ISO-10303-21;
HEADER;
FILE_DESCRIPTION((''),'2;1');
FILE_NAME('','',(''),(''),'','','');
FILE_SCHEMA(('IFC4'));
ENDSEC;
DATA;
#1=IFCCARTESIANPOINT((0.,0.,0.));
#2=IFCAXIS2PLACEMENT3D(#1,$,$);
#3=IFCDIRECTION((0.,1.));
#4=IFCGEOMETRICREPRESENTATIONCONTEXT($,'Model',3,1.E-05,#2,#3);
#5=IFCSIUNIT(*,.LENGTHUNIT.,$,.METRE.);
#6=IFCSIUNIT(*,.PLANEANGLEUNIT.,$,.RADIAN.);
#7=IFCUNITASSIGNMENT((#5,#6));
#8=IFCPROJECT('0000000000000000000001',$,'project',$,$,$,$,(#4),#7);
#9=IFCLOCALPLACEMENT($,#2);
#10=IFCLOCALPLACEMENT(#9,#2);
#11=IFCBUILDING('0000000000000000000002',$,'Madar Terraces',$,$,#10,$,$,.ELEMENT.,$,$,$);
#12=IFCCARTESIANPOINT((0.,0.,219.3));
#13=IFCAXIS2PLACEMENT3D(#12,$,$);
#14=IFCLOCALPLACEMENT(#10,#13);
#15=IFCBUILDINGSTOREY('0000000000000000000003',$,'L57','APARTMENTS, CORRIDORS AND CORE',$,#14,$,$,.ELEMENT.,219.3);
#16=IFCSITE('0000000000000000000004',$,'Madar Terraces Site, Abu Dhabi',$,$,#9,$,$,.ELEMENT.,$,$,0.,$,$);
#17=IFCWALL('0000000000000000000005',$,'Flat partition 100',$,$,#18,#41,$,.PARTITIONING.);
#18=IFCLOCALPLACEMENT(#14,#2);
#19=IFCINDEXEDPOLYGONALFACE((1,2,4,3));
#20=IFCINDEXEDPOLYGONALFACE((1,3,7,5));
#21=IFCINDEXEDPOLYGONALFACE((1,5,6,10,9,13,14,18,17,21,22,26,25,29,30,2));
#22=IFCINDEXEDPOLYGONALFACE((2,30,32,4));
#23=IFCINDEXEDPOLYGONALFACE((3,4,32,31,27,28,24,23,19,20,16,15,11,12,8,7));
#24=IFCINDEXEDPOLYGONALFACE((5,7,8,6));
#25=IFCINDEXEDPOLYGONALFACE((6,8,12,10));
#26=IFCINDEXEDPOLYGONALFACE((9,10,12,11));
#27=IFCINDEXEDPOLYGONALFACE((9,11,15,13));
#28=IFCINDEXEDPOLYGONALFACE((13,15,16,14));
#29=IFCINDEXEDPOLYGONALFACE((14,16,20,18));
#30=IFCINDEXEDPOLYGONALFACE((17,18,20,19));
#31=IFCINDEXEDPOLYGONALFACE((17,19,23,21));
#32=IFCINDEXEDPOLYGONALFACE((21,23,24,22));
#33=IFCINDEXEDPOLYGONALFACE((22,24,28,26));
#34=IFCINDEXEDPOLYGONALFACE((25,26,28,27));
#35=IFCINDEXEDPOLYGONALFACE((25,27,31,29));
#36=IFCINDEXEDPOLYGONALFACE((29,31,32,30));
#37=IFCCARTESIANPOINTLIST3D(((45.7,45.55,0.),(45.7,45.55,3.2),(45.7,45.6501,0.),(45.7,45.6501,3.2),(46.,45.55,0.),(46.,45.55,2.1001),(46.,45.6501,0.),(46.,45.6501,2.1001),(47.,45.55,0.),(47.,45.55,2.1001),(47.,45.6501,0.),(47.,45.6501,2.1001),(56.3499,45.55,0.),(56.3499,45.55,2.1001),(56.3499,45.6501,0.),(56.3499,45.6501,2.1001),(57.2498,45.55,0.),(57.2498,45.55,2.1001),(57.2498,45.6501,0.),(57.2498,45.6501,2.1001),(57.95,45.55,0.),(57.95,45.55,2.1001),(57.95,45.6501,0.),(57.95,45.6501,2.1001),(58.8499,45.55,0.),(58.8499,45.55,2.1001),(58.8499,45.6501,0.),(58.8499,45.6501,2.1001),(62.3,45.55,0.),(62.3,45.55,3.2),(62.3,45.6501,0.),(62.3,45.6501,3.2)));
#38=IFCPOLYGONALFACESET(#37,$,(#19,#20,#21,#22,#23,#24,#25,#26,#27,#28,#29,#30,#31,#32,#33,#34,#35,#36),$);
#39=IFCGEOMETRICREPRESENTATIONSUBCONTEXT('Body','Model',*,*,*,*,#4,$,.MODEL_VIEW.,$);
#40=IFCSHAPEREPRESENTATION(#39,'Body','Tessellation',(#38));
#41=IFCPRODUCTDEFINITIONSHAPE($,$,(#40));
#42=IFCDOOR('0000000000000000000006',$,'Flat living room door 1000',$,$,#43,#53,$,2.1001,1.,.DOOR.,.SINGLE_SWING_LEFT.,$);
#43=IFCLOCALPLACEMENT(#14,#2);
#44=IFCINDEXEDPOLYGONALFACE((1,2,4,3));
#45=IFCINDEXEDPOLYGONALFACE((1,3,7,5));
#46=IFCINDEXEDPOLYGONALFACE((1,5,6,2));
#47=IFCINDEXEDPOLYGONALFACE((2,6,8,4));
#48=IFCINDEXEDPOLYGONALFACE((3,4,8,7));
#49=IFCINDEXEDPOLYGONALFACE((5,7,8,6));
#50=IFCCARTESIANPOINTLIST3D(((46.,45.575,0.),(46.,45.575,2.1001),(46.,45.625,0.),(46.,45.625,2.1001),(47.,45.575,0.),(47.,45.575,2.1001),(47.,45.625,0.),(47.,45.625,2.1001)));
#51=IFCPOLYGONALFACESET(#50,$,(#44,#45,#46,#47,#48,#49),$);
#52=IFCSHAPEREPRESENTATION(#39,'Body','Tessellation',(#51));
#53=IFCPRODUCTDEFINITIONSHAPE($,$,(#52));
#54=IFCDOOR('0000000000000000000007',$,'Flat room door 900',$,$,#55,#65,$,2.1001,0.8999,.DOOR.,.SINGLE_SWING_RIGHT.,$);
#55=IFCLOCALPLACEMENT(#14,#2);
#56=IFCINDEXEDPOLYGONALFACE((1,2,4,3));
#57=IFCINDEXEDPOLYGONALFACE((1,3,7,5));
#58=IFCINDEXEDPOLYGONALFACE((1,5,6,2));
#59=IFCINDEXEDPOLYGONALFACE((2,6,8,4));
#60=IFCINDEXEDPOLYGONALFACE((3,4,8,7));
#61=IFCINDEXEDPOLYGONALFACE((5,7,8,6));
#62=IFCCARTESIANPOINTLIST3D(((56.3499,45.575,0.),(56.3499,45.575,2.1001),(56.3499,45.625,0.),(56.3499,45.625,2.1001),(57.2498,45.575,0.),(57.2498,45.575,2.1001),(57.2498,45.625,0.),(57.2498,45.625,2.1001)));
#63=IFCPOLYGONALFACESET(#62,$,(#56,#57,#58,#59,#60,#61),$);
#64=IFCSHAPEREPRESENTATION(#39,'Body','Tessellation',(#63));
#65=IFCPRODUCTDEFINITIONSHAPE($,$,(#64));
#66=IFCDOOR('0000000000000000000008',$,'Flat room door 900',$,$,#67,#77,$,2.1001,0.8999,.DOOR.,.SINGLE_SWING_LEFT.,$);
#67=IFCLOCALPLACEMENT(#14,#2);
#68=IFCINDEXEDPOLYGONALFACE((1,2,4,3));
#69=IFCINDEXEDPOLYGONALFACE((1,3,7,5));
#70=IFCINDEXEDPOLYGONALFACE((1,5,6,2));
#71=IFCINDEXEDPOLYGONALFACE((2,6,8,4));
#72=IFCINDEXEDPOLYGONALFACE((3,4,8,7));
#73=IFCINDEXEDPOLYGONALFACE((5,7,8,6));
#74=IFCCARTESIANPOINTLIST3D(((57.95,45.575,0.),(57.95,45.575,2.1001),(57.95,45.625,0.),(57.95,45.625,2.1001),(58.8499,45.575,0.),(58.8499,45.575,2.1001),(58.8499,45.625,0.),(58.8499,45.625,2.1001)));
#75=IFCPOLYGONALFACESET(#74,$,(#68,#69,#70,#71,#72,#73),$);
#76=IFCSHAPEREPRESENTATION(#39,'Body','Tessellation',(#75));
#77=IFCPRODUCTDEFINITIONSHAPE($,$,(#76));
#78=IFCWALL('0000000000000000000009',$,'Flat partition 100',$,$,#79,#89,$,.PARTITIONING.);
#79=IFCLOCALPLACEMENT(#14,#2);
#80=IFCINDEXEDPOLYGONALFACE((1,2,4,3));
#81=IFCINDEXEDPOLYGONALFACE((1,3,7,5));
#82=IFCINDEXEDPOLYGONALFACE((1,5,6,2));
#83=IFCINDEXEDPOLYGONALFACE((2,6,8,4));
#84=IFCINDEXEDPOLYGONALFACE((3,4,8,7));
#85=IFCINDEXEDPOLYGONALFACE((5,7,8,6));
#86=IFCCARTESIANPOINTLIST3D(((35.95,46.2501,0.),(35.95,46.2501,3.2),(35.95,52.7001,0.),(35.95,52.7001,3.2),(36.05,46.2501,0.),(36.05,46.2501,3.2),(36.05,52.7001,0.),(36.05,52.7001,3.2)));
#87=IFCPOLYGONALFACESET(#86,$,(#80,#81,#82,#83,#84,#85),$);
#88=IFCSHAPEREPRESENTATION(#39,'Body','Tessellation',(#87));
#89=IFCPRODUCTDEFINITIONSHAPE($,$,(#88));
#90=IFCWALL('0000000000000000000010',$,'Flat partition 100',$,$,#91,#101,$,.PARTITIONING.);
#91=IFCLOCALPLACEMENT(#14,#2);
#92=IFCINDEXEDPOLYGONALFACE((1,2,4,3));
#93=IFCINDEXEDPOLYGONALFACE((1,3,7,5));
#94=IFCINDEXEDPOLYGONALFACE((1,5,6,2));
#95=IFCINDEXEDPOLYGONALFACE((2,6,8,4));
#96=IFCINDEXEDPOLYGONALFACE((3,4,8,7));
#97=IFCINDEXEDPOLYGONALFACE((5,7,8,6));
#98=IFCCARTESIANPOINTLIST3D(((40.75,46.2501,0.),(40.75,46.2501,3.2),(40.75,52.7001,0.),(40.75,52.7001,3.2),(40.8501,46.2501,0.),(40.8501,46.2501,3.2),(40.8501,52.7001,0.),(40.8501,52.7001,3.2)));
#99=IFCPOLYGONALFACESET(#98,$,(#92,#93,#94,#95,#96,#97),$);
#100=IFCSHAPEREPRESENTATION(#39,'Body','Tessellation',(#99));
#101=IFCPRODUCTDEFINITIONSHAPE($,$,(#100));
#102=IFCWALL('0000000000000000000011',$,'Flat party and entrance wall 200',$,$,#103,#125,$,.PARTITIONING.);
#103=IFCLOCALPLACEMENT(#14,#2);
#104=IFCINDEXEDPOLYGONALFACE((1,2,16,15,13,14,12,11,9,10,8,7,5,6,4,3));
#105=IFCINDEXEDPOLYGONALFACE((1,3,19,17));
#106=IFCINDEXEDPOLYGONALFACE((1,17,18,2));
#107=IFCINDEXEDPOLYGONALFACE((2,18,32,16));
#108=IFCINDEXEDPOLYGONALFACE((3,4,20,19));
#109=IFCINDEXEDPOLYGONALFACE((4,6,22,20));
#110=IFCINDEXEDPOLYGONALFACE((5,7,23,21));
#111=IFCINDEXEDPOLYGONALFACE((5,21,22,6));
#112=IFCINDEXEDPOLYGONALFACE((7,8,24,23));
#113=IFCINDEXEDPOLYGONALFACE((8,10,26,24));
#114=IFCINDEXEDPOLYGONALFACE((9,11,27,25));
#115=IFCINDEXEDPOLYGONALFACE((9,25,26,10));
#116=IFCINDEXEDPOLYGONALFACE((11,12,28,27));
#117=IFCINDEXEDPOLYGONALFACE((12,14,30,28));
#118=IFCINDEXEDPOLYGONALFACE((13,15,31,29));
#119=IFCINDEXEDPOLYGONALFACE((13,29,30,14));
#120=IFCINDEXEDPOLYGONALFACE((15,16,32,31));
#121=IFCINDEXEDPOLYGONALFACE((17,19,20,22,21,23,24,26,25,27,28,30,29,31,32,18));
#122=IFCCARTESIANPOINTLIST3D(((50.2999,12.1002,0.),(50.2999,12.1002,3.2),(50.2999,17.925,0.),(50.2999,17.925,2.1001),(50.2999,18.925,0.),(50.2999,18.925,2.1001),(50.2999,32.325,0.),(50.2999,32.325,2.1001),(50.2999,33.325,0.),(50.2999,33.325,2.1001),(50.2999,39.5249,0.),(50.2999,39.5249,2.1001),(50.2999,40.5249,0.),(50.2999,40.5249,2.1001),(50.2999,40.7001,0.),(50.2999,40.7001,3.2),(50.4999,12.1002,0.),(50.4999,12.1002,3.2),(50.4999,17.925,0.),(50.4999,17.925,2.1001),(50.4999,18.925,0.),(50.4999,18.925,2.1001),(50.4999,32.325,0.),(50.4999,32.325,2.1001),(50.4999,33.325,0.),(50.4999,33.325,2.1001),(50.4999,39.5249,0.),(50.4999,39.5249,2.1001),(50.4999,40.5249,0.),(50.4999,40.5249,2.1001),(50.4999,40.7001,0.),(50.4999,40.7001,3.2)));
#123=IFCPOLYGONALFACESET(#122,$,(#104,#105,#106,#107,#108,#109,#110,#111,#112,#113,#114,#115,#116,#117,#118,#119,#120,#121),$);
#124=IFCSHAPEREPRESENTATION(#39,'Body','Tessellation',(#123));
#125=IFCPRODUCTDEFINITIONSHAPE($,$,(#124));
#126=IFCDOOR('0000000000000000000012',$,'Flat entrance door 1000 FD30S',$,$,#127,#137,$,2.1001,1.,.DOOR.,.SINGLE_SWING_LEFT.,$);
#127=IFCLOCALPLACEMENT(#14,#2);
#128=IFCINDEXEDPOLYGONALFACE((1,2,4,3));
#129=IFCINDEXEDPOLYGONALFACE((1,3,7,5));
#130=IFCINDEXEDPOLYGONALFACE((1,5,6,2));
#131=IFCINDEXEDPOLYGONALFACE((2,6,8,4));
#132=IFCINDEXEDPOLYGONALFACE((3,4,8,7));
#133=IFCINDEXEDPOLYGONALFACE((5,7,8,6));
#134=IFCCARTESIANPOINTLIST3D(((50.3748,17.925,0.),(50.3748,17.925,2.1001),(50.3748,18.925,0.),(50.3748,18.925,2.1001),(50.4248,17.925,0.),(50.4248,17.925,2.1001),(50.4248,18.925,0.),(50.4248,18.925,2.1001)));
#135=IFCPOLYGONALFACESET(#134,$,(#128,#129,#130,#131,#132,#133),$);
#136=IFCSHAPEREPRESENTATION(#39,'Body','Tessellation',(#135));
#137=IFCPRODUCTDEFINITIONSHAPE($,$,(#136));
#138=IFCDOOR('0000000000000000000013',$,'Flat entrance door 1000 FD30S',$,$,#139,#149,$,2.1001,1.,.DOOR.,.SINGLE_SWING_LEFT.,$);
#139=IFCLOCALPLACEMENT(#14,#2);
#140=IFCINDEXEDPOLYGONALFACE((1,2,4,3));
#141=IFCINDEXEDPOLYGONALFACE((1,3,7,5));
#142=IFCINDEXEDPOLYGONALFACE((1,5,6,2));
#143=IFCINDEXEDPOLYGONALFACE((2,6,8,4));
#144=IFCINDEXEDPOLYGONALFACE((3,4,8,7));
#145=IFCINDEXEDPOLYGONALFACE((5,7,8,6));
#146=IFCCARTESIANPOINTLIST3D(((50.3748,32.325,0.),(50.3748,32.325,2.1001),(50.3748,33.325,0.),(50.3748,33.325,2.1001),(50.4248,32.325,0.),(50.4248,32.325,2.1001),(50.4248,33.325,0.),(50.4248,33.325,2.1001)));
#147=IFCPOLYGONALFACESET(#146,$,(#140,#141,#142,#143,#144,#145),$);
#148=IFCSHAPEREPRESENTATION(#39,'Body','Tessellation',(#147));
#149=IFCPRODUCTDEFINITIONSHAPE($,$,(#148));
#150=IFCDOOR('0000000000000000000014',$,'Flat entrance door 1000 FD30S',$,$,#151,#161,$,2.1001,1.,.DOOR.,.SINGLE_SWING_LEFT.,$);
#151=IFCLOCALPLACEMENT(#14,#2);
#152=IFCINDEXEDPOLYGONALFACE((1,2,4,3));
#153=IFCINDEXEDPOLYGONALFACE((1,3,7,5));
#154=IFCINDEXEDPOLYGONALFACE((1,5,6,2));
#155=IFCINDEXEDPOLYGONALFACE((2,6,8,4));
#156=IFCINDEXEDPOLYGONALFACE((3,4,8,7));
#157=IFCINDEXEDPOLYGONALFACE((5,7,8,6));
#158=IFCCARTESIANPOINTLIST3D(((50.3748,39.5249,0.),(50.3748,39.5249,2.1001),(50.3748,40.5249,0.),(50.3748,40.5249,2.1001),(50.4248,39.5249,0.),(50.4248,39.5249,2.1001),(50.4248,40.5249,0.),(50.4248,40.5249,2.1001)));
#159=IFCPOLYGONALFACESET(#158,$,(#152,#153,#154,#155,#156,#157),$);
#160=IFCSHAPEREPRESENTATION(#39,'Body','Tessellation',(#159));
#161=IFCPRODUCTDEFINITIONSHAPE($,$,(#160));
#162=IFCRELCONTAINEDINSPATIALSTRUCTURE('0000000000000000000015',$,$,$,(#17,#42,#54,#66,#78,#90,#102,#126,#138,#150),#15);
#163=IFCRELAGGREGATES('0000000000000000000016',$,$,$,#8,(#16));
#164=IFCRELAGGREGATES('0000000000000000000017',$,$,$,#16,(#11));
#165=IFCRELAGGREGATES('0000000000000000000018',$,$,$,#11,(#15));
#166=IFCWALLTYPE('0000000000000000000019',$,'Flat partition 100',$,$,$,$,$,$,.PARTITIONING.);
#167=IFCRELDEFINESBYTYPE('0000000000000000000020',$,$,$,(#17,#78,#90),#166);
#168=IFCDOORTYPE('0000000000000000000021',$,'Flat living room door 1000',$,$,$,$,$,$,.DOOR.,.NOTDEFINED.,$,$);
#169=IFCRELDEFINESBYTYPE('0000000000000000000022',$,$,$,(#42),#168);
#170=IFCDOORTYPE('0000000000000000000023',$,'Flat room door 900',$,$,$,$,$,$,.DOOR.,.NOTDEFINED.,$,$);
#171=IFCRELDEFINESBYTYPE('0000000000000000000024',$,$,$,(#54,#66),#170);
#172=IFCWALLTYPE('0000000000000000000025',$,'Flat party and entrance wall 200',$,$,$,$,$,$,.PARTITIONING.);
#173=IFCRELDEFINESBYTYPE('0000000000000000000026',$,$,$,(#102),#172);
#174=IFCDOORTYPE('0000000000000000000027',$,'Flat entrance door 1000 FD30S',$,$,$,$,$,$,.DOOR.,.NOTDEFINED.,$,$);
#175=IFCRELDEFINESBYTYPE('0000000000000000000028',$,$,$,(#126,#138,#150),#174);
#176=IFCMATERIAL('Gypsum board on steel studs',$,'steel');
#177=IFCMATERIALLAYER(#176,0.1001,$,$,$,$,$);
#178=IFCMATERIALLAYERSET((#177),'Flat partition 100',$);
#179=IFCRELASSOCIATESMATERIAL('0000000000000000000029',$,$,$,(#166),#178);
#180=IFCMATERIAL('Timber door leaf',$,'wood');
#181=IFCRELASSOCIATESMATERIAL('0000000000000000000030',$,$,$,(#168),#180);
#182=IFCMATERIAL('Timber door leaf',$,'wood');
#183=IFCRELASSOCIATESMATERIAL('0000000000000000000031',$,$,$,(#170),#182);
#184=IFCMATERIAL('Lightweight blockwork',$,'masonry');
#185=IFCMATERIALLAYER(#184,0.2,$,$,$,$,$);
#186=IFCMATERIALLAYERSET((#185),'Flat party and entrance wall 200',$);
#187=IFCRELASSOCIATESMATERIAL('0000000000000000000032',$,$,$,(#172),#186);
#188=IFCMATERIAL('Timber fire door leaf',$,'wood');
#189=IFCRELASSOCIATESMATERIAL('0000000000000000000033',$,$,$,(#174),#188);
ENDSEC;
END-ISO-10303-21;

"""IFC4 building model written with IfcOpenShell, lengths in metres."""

from ifc_helpers import new_model, si_unit, direction, frame, frame_2d, origin, place, context, subcontext, project, spatial, rectangle, extrude, material, layer, layer_set, type_object, element, fill, save


model = new_model("IFC4")

# Units and contexts
model_context = context("Model", 3, precision=1e-05, world=origin(), true_north=direction((0.0, 1.0)))
body_context = subcontext(model_context, "Body", "Model", "MODEL_VIEW")
ifc_project = project(units=[si_unit("LENGTHUNIT", "METRE"), si_unit("PLANEANGLEUNIT", "RADIAN")], contexts=[model_context])

# Site, building, storey
site_placement = place(None, origin())
site = spatial("IfcSite", under=ifc_project, at=site_placement, Name="Madar Terraces Site, Abu Dhabi", CompositionType="ELEMENT", RefElevation=0.0)
building_placement = place(site_placement, origin())
building = spatial("IfcBuilding", under=site, at=building_placement, Name="Madar Terraces", CompositionType="ELEMENT")
storey_placement = place(building_placement, frame((0.0, 0.0, 219.3)))
storey = spatial("IfcBuildingStorey", under=building, at=storey_placement, Name="L57", Description="APARTMENTS, CORRIDORS AND CORE", CompositionType="ELEMENT", Elevation=219.3)

# Wall, openings, doors
ifc_material_1 = material(Name="Gypsum board on steel studs", Category="steel")
ifc_layer_1 = layer(ifc_material_1, 0.1001)
ifc_layer_set_1 = layer_set([ifc_layer_1], Name="Flat partition 100")
wall_type_1 = type_object("IfcWallType", Name="Flat partition 100", PredefinedType="PARTITIONING", material=ifc_layer_set_1)
wall_1_placement = place(storey_placement, frame((45.7, 45.6001, 0.0), z_axis=(0.0, 0.0, 1.0), x_axis=(1.0, 0.0, 0.0)))
wall_1 = element("IfcWall", 1, at=wall_1_placement, inside=storey, type_object=wall_type_1, Name="Flat partition 100", PredefinedType="PARTITIONING", context=body_context, shape_type="SweptSolid", body=[
    extrude(rectangle(XDim=16.6001, YDim=0.1001, at=frame_2d((8.3, 0.0))), origin(), (0.0, 0.0, 1.0), 3.2),
])
opening_1_placement = place(wall_1_placement, frame((0.3, 0.0, 0.0)))
opening_1 = element("IfcOpeningElement", 2, at=opening_1_placement, cuts=wall_1, PredefinedType="OPENING", context=body_context, shape_type="SweptSolid", body=[
    extrude(rectangle(XDim=1.0, YDim=2.1001, at=frame_2d((0.5, 1.05))), frame((0.0, 0.0601, 0.0), z_axis=(0.0, -1.0, 0.0), x_axis=(1.0, 0.0, 0.0)), (0.0, 0.0, 1.0), 0.1201),
])
opening_2_placement = place(wall_1_placement, frame((10.6499, 0.0, 0.0)))
opening_2 = element("IfcOpeningElement", 3, at=opening_2_placement, cuts=wall_1, PredefinedType="OPENING", context=body_context, shape_type="SweptSolid", body=[
    extrude(rectangle(XDim=0.8999, YDim=2.1001, at=frame_2d((0.45, 1.05))), frame((0.0, 0.0601, 0.0), z_axis=(0.0, -1.0, 0.0), x_axis=(1.0, 0.0, 0.0)), (0.0, 0.0, 1.0), 0.1201),
])
opening_3_placement = place(wall_1_placement, frame((12.25, 0.0, 0.0)))
opening_3 = element("IfcOpeningElement", 4, at=opening_3_placement, cuts=wall_1, PredefinedType="OPENING", context=body_context, shape_type="SweptSolid", body=[
    extrude(rectangle(XDim=0.8999, YDim=2.1001, at=frame_2d((0.45, 1.05))), frame((0.0, 0.0601, 0.0), z_axis=(0.0, -1.0, 0.0), x_axis=(1.0, 0.0, 0.0)), (0.0, 0.0, 1.0), 0.1201),
])
ifc_material_2 = material(Name="Timber door leaf", Category="wood")
door_type_1 = type_object("IfcDoorType", Name="Flat living room door 1000", OperationType="NOTDEFINED", PredefinedType="DOOR", material=ifc_material_2)
door_1_placement = place(opening_1_placement, origin())
door_1 = element("IfcDoor", 5, at=door_1_placement, inside=storey, type_object=door_type_1, Name="Flat living room door 1000", OperationType="SINGLE_SWING_LEFT", OverallHeight=2.1001, OverallWidth=1.0, PredefinedType="DOOR", context=body_context, shape_type="SweptSolid", body=[
    extrude(rectangle(XDim=1.0, YDim=2.1001, at=frame_2d((0.5, 1.05))), frame((0.0, 0.0249, 0.0), z_axis=(0.0, -1.0, 0.0), x_axis=(1.0, 0.0, 0.0)), (0.0, 0.0, 1.0), 0.05),
])
fill(opening_1, door_1)
ifc_material_3 = material(Name="Timber door leaf", Category="wood")
door_type_2 = type_object("IfcDoorType", Name="Flat room door 900", OperationType="NOTDEFINED", PredefinedType="DOOR", material=ifc_material_3)
door_2_placement = place(opening_2_placement, origin())
door_2 = element("IfcDoor", 6, at=door_2_placement, inside=storey, type_object=door_type_2, Name="Flat room door 900", OperationType="SINGLE_SWING_RIGHT", OverallHeight=2.1001, OverallWidth=0.8999, PredefinedType="DOOR", context=body_context, shape_type="SweptSolid", body=[
    extrude(rectangle(XDim=0.8999, YDim=2.1001, at=frame_2d((0.45, 1.05))), frame((0.0, 0.0249, 0.0), z_axis=(0.0, -1.0, 0.0), x_axis=(1.0, 0.0, 0.0)), (0.0, 0.0, 1.0), 0.05),
])
fill(opening_2, door_2)
door_3_placement = place(opening_3_placement, origin())
door_3 = element("IfcDoor", 7, at=door_3_placement, inside=storey, type_object=door_type_2, Name="Flat room door 900", OperationType="SINGLE_SWING_LEFT", OverallHeight=2.1001, OverallWidth=0.8999, PredefinedType="DOOR", context=body_context, shape_type="SweptSolid", body=[
    extrude(rectangle(XDim=0.8999, YDim=2.1001, at=frame_2d((0.45, 1.05))), frame((0.0, 0.0249, 0.0), z_axis=(0.0, -1.0, 0.0), x_axis=(1.0, 0.0, 0.0)), (0.0, 0.0, 1.0), 0.05),
])
fill(opening_3, door_3)

# Walls
for number, where, z_axis, x_axis, name in (
    (8, (36.0, 46.25, 0.0), (0.0, 0.0, 1.0), (0.0, 1.0, 0.0), "Flat partition 100"),
    (9, (40.8, 46.25, 0.0), (0.0, 0.0, 1.0), (0.0, 1.0, 0.0), "Flat partition 100"),
):
    element("IfcWall", number, at=place(storey_placement, frame(where, z_axis=z_axis, x_axis=x_axis)), inside=storey, type_object=wall_type_1, Name=name, PredefinedType="PARTITIONING", context=body_context, shape_type="SweptSolid", body=[
        extrude(rectangle(XDim=6.45, YDim=0.1001, at=frame_2d((3.2251, 0.0))), origin(), (0.0, 0.0, 1.0), 3.2),
    ])

# Wall, openings, doors
ifc_material_4 = material(Name="Lightweight blockwork", Category="masonry")
ifc_layer_2 = layer(ifc_material_4, 0.2)
ifc_layer_set_2 = layer_set([ifc_layer_2], Name="Flat party and entrance wall 200")
wall_type_2 = type_object("IfcWallType", Name="Flat party and entrance wall 200", PredefinedType="PARTITIONING", material=ifc_layer_set_2)
wall_2_placement = place(storey_placement, frame((50.3999, 40.7, 0.0), z_axis=(0.0, 0.0, 1.0), x_axis=(0.0, -1.0, 0.0)))
wall_2 = element("IfcWall", 10, at=wall_2_placement, inside=storey, type_object=wall_type_2, Name="Flat party and entrance wall 200", PredefinedType="PARTITIONING", context=body_context, shape_type="SweptSolid", body=[
    extrude(rectangle(XDim=28.5999, YDim=0.2, at=frame_2d((14.2998, 0.0))), origin(), (0.0, 0.0, 1.0), 3.2),
])
opening_4_placement = place(wall_2_placement, frame((21.7749, 0.0, 0.0)))
opening_4 = element("IfcOpeningElement", 11, at=opening_4_placement, cuts=wall_2, PredefinedType="OPENING", context=body_context, shape_type="SweptSolid", body=[
    extrude(rectangle(XDim=1.0, YDim=2.1001, at=frame_2d((0.5, 1.05))), frame((0.0, 0.1099, 0.0), z_axis=(0.0, -1.0, 0.0), x_axis=(1.0, 0.0, 0.0)), (0.0, 0.0, 1.0), 0.22),
])
opening_5_placement = place(wall_2_placement, frame((7.375, 0.0, 0.0)))
opening_5 = element("IfcOpeningElement", 12, at=opening_5_placement, cuts=wall_2, PredefinedType="OPENING", context=body_context, shape_type="SweptSolid", body=[
    extrude(rectangle(XDim=1.0, YDim=2.1001, at=frame_2d((0.5, 1.05))), frame((0.0, 0.1099, 0.0), z_axis=(0.0, -1.0, 0.0), x_axis=(1.0, 0.0, 0.0)), (0.0, 0.0, 1.0), 0.22),
])
opening_6_placement = place(wall_2_placement, frame((0.175, 0.0, 0.0)))
opening_6 = element("IfcOpeningElement", 13, at=opening_6_placement, cuts=wall_2, PredefinedType="OPENING", context=body_context, shape_type="SweptSolid", body=[
    extrude(rectangle(XDim=1.0, YDim=2.1001, at=frame_2d((0.5, 1.05))), frame((0.0, 0.1099, 0.0), z_axis=(0.0, -1.0, 0.0), x_axis=(1.0, 0.0, 0.0)), (0.0, 0.0, 1.0), 0.22),
])
ifc_material_5 = material(Name="Timber fire door leaf", Category="wood")
door_type_3 = type_object("IfcDoorType", Name="Flat entrance door 1000 FD30S", OperationType="NOTDEFINED", PredefinedType="DOOR", material=ifc_material_5)
door_4_placement = place(opening_4_placement, origin())
door_4 = element("IfcDoor", 14, at=door_4_placement, inside=storey, type_object=door_type_3, Name="Flat entrance door 1000 FD30S", OperationType="SINGLE_SWING_LEFT", OverallHeight=2.1001, OverallWidth=1.0, PredefinedType="DOOR", context=body_context, shape_type="SweptSolid", body=[
    extrude(rectangle(XDim=1.0, YDim=2.1001, at=frame_2d((0.5, 1.05))), frame((0.0, 0.0249, 0.0), z_axis=(0.0, -1.0, 0.0), x_axis=(1.0, 0.0, 0.0)), (0.0, 0.0, 1.0), 0.05),
])
fill(opening_4, door_4)
door_5_placement = place(opening_5_placement, origin())
door_5 = element("IfcDoor", 15, at=door_5_placement, inside=storey, type_object=door_type_3, Name="Flat entrance door 1000 FD30S", OperationType="SINGLE_SWING_LEFT", OverallHeight=2.1001, OverallWidth=1.0, PredefinedType="DOOR", context=body_context, shape_type="SweptSolid", body=[
    extrude(rectangle(XDim=1.0, YDim=2.1001, at=frame_2d((0.5, 1.05))), frame((0.0, 0.0249, 0.0), z_axis=(0.0, -1.0, 0.0), x_axis=(1.0, 0.0, 0.0)), (0.0, 0.0, 1.0), 0.05),
])
fill(opening_5, door_5)
door_6_placement = place(opening_6_placement, origin())
door_6 = element("IfcDoor", 16, at=door_6_placement, inside=storey, type_object=door_type_3, Name="Flat entrance door 1000 FD30S", OperationType="SINGLE_SWING_LEFT", OverallHeight=2.1001, OverallWidth=1.0, PredefinedType="DOOR", context=body_context, shape_type="SweptSolid", body=[
    extrude(rectangle(XDim=1.0, YDim=2.1001, at=frame_2d((0.5, 1.05))), frame((0.0, 0.0249, 0.0), z_axis=(0.0, -1.0, 0.0), x_axis=(1.0, 0.0, 0.0)), (0.0, 0.0, 1.0), 0.05),
])
fill(opening_6, door_6)

save(model, "model.ifc")
